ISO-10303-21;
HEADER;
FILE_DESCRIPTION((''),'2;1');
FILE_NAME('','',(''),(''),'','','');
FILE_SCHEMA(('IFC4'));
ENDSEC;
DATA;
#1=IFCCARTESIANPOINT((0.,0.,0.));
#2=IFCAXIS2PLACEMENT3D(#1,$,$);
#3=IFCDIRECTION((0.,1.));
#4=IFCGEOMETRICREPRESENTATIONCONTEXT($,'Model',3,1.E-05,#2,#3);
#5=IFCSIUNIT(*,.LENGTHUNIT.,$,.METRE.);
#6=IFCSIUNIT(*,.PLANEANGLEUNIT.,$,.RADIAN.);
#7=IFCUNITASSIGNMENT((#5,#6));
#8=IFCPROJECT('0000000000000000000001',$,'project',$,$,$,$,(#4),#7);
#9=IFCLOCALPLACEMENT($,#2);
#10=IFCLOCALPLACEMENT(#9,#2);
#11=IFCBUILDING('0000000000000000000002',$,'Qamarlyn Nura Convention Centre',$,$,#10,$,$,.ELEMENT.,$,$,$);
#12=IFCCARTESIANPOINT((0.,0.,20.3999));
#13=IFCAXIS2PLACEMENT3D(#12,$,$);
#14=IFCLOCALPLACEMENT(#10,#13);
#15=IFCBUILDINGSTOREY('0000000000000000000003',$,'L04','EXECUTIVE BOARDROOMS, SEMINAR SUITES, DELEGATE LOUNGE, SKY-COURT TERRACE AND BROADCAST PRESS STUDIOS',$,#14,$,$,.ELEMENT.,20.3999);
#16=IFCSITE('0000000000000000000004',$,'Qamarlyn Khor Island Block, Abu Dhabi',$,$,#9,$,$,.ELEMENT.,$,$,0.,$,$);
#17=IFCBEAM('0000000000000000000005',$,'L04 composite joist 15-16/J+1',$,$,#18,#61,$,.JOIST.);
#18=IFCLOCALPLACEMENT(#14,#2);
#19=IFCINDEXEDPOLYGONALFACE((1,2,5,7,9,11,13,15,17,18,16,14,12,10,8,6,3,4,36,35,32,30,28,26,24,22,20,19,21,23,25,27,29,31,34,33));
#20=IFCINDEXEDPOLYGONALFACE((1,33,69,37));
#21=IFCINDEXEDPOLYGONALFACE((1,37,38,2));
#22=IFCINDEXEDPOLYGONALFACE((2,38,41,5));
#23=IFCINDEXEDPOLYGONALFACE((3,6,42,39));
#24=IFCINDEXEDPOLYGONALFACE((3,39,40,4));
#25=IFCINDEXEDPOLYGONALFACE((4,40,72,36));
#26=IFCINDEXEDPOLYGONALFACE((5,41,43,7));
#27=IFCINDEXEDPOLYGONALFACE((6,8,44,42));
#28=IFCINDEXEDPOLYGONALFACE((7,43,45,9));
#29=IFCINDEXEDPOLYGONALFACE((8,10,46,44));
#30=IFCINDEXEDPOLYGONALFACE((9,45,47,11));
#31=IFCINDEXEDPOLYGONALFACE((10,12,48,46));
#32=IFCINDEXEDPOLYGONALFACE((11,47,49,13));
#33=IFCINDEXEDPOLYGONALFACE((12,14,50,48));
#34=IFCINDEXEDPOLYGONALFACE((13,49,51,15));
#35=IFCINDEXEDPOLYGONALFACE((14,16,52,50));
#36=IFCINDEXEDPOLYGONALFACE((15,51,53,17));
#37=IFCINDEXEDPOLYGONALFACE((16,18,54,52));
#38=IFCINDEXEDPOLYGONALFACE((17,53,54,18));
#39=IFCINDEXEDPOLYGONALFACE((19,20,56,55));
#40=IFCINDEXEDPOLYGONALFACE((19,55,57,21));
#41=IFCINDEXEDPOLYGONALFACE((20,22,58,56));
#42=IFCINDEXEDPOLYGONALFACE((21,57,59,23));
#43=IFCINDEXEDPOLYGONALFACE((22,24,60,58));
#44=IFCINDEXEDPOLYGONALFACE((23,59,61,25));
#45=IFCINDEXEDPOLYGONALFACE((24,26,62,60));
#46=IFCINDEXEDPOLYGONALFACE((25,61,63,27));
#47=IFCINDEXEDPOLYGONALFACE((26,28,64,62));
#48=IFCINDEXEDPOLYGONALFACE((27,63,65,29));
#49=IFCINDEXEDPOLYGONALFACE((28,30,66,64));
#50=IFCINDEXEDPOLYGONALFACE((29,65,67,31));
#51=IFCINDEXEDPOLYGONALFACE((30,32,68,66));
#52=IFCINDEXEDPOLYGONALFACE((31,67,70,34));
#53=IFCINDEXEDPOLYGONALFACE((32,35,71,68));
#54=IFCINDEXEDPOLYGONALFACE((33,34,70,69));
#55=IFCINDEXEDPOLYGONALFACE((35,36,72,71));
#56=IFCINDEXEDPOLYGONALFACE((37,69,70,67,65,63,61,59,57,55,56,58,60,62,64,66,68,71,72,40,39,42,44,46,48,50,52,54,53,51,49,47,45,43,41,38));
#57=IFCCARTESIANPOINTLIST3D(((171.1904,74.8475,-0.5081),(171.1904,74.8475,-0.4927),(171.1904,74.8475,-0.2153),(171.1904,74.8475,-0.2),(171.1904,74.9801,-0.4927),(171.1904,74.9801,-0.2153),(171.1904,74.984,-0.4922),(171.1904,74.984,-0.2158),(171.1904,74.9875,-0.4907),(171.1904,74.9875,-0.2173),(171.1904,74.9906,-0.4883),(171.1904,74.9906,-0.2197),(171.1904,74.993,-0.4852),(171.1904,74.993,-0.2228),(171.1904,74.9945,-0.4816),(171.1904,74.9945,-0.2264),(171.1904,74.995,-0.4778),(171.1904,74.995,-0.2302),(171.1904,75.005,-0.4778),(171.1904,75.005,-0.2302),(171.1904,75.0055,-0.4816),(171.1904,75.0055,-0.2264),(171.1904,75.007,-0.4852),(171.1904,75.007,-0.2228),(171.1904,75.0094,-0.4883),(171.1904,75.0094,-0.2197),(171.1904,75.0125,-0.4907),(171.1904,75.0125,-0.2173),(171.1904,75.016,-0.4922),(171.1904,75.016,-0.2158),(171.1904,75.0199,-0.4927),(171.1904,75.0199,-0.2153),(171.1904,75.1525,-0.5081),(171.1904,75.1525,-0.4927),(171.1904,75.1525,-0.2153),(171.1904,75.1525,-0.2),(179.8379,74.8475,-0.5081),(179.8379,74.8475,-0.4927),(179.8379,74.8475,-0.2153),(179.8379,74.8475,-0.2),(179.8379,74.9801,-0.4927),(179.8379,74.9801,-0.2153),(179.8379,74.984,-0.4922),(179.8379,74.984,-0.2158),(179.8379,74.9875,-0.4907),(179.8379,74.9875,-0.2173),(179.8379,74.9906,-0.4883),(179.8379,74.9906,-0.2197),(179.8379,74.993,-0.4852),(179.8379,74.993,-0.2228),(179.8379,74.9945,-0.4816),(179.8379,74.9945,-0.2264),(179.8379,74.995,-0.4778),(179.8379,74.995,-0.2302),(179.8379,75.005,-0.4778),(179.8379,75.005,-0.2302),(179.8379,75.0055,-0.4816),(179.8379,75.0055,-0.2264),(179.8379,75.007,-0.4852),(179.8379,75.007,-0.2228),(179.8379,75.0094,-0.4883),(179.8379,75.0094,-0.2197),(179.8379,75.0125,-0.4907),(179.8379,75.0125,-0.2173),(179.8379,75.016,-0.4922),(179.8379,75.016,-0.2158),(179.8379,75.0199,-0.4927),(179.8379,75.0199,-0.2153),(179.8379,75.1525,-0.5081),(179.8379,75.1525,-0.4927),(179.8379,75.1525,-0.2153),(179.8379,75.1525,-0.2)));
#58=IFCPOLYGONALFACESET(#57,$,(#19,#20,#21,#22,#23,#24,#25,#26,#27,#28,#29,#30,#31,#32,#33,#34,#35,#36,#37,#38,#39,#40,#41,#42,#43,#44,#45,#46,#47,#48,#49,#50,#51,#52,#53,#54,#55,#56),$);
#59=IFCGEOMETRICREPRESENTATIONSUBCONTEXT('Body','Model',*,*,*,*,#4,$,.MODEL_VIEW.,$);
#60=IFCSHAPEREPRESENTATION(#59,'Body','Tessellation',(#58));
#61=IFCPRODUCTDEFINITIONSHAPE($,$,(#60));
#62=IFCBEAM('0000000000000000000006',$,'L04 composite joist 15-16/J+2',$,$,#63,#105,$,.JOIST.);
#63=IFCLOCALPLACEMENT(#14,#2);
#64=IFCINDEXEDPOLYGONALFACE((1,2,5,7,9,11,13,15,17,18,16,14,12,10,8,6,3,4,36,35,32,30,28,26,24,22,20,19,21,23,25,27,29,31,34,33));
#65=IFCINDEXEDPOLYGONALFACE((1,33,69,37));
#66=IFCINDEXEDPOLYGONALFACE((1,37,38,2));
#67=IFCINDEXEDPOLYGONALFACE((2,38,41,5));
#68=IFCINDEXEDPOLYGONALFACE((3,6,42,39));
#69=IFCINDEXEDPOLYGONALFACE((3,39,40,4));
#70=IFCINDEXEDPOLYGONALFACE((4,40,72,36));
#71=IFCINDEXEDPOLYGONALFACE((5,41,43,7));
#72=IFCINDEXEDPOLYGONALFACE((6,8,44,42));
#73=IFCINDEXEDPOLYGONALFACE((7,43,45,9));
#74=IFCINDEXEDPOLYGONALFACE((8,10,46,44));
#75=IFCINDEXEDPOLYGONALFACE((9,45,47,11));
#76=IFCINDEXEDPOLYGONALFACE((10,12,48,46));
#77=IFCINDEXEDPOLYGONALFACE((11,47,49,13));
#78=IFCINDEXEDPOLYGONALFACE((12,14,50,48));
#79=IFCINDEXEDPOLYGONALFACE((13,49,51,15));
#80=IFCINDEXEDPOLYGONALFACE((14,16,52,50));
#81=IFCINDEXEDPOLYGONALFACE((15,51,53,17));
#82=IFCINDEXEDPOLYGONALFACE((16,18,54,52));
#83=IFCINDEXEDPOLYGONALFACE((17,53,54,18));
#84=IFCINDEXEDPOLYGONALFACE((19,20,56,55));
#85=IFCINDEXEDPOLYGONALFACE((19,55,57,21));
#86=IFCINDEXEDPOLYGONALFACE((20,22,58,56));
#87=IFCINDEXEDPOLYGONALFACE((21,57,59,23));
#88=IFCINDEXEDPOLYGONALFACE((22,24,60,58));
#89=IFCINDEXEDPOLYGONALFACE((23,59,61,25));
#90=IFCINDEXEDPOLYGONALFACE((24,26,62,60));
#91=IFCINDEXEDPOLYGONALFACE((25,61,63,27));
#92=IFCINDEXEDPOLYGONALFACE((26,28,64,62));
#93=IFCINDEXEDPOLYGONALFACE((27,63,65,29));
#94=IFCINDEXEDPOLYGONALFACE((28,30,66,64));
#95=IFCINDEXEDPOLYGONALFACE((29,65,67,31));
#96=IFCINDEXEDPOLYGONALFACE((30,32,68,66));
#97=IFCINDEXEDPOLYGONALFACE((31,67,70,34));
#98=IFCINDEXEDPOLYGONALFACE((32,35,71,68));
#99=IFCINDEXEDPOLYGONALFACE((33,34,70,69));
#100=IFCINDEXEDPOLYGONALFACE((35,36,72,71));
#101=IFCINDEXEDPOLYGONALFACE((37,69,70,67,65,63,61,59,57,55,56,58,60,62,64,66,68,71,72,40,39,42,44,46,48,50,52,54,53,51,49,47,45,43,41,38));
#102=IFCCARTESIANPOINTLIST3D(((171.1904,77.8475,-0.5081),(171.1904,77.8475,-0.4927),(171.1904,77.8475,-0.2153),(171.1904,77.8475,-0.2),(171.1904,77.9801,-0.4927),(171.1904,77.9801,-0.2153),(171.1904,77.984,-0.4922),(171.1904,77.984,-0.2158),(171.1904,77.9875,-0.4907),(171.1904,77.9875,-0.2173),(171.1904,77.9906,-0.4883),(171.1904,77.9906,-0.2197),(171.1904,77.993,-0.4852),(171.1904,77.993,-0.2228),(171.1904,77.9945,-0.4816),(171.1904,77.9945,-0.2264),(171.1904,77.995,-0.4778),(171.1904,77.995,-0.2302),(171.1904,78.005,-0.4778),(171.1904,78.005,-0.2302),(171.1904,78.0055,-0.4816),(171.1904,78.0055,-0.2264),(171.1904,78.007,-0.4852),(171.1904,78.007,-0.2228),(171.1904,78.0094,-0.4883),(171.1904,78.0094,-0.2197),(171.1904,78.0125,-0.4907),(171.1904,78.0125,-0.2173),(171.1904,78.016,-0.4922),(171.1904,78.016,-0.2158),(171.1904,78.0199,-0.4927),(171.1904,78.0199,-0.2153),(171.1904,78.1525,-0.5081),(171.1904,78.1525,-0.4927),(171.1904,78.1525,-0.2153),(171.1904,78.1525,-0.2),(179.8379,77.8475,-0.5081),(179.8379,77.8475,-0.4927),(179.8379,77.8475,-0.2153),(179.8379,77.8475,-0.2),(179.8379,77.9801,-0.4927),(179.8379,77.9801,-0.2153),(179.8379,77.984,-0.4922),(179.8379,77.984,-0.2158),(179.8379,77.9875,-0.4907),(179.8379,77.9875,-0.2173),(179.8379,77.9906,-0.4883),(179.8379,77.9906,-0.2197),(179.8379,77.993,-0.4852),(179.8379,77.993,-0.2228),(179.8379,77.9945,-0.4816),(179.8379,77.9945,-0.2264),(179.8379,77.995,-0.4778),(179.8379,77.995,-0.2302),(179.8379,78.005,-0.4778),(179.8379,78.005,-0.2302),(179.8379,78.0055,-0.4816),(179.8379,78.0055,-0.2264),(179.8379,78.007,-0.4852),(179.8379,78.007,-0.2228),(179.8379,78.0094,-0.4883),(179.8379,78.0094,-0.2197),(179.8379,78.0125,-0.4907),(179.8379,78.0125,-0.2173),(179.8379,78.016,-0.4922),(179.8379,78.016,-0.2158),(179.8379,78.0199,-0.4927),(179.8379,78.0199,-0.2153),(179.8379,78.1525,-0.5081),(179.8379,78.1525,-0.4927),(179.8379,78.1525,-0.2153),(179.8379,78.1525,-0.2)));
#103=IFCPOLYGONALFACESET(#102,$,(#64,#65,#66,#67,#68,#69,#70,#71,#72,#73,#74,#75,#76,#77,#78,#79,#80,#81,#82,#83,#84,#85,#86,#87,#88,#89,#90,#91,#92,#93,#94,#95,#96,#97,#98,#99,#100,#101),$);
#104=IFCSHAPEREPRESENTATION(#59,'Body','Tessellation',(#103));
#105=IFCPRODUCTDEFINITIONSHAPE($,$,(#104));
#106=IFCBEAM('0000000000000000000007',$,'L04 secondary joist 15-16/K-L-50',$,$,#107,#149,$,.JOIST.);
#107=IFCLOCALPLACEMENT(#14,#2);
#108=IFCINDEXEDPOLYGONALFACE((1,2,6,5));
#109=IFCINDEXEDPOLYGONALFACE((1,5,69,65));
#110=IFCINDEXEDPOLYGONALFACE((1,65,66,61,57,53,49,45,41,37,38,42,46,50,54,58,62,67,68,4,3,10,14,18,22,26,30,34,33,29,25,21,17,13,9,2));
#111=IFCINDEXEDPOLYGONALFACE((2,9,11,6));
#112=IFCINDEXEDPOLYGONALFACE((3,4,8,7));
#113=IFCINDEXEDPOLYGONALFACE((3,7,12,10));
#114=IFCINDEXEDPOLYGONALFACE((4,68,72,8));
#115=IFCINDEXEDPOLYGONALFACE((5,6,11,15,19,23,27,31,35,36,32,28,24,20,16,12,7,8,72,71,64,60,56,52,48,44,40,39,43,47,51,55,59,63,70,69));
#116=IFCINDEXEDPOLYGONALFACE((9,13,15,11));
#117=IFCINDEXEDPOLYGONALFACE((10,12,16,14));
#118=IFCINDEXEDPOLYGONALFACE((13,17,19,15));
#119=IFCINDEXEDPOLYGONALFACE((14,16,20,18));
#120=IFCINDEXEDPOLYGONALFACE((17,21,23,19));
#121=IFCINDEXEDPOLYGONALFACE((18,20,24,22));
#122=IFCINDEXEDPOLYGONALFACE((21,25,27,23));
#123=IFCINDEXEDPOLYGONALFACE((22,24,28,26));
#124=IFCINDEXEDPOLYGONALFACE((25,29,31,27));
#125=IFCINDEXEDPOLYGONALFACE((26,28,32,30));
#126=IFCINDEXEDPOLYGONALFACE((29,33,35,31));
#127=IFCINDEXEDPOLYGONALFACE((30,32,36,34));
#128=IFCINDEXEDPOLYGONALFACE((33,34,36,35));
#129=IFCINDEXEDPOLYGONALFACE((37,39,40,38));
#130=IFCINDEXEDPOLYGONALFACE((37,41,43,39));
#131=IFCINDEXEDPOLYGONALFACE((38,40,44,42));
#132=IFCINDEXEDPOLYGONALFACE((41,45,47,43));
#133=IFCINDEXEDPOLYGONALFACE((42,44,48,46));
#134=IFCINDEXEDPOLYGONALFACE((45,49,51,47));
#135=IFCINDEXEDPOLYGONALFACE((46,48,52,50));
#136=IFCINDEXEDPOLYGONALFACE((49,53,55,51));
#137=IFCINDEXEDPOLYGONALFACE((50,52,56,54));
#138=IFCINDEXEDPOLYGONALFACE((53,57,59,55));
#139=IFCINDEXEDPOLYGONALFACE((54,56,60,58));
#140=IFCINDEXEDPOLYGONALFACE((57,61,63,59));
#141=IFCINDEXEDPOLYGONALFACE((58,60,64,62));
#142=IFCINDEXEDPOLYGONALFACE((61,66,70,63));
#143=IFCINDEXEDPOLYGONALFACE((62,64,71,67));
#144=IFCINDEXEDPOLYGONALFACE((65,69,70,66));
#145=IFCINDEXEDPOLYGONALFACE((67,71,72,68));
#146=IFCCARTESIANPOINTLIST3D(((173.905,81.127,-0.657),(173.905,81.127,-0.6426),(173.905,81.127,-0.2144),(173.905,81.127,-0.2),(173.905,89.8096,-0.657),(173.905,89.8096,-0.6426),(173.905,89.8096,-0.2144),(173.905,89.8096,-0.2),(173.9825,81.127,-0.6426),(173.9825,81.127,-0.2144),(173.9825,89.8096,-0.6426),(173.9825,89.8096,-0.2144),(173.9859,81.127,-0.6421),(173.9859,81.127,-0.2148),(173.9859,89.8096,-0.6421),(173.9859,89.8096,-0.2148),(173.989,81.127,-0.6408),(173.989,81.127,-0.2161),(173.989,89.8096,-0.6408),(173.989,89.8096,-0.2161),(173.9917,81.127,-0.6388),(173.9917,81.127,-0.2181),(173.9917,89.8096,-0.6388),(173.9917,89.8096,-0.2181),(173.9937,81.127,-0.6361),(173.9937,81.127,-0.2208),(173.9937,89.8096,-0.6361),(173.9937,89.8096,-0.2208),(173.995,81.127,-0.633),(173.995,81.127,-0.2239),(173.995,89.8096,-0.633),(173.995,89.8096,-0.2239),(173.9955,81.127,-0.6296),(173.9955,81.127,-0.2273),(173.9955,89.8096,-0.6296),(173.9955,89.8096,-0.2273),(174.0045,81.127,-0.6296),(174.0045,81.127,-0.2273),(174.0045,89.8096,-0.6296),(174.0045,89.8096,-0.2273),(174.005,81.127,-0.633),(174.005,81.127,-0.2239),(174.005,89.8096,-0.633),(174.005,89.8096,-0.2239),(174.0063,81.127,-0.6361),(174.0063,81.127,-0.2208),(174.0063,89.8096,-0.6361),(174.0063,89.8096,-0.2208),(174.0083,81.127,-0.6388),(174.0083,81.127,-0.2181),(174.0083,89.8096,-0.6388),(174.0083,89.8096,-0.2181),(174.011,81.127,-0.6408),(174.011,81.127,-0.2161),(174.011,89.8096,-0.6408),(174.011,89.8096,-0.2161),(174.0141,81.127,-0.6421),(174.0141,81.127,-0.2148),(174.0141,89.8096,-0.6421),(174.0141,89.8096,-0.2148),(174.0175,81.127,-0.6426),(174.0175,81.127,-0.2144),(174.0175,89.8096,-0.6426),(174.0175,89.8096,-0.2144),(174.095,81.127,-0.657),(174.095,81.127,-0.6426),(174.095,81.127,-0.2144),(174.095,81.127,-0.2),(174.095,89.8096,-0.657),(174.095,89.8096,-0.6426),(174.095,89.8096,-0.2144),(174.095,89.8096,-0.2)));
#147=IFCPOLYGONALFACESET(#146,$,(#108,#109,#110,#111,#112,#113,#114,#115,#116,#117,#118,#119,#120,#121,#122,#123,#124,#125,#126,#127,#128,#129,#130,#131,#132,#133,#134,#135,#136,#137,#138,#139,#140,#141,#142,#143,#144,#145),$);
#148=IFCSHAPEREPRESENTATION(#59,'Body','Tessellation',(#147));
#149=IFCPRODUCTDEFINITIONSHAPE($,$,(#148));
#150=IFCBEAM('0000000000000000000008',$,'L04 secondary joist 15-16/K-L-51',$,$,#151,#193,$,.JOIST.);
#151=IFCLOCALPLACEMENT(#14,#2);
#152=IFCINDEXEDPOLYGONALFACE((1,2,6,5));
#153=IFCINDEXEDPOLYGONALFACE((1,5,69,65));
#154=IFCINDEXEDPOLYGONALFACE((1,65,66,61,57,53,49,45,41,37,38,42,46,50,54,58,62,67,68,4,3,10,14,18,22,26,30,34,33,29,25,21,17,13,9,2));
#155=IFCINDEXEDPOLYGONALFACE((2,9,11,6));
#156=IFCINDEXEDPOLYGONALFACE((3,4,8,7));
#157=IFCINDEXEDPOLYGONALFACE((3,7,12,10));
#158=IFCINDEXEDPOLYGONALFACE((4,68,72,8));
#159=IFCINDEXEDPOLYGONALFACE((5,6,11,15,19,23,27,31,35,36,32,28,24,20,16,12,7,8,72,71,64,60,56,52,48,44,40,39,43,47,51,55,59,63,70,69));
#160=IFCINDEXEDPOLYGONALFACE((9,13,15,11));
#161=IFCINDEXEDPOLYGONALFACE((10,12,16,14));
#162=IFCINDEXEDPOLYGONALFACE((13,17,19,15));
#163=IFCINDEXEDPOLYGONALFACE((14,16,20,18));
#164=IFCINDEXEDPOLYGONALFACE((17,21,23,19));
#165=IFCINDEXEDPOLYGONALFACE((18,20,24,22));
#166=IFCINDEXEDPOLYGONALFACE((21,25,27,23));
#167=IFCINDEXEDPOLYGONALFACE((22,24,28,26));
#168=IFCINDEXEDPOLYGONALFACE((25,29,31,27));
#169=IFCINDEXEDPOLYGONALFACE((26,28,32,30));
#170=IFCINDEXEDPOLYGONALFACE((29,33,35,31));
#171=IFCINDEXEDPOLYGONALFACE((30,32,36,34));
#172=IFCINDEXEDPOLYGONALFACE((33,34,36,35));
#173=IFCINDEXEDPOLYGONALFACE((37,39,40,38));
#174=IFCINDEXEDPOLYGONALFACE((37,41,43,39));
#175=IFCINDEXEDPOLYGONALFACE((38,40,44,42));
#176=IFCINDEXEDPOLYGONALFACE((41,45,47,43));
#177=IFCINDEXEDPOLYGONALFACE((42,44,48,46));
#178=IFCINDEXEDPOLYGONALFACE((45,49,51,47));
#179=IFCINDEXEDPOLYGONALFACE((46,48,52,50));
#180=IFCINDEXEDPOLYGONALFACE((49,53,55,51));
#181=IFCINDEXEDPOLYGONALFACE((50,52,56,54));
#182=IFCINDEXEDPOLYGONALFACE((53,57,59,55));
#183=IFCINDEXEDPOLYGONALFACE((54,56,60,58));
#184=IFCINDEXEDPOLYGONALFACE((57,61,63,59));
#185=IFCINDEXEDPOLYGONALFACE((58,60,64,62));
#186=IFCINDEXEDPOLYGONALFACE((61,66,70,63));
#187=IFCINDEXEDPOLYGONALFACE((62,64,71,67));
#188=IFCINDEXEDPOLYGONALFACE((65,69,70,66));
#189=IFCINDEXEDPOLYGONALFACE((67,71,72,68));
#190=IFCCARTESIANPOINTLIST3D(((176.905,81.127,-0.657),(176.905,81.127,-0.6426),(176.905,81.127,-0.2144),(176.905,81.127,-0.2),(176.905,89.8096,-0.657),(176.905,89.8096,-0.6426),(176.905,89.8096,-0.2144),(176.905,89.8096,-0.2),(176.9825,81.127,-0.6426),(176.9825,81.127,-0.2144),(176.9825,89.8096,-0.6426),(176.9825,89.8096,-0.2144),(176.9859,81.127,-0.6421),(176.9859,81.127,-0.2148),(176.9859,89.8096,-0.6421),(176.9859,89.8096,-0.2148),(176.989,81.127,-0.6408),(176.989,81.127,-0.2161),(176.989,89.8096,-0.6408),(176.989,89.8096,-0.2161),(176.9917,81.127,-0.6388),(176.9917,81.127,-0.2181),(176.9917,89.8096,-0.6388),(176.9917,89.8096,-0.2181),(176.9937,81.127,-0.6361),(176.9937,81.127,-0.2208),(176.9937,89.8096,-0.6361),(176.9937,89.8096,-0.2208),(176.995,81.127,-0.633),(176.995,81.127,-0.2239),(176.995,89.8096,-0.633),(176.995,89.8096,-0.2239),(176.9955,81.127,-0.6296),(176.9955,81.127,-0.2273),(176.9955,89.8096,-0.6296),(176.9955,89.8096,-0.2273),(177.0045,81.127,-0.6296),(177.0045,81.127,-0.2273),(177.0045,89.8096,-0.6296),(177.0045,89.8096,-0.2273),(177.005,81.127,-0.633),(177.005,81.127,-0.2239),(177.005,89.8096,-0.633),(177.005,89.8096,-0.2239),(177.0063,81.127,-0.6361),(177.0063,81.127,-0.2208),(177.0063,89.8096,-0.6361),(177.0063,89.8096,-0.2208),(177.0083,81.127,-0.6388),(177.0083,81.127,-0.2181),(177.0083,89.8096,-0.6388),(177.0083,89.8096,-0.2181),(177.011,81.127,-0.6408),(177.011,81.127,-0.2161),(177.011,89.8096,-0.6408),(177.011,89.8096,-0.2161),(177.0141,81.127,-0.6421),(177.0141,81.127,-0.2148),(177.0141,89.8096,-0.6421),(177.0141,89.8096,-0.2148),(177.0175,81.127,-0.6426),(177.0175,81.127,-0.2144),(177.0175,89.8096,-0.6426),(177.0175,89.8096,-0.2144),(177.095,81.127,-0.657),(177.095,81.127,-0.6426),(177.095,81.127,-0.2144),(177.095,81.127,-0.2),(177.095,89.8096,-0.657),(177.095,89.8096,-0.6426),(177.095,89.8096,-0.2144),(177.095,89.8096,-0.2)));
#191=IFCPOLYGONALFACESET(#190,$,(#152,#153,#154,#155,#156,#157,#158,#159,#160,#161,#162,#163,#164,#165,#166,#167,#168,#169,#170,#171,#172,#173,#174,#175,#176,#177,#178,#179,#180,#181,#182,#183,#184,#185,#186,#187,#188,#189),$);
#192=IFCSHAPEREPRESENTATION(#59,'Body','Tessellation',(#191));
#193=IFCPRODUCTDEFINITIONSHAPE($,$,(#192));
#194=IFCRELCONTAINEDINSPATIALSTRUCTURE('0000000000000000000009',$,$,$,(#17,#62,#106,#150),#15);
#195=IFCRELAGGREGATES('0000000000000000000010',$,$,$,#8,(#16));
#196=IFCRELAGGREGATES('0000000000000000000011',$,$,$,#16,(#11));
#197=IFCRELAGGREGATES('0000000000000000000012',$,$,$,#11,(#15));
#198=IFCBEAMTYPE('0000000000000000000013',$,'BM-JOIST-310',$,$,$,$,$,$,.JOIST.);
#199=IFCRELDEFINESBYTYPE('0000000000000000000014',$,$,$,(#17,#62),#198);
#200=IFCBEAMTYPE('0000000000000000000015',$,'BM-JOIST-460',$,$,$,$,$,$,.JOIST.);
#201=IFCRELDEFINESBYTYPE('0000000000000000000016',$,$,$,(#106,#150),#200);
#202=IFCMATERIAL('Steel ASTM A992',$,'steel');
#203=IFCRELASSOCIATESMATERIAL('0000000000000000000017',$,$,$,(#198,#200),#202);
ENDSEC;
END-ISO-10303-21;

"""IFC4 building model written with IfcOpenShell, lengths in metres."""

from ifc_helpers import new_model, si_unit, direction, frame, origin, origin_2d, place, context, subcontext, project, spatial, i_section, extrude, material, material_profile, profile_set, type_object, element, save


model = new_model("IFC4")

# Units and contexts
model_context = context("Model", 3, precision=1e-05, world=origin(), true_north=direction((0.0, 1.0)))
body_context = subcontext(model_context, "Body", "Model", "MODEL_VIEW")
ifc_project = project(units=[si_unit("LENGTHUNIT", "METRE"), si_unit("PLANEANGLEUNIT", "RADIAN")], contexts=[model_context])

# Site, building, storey
site_placement = place(None, origin())
site = spatial("IfcSite", under=ifc_project, at=site_placement, Name="Qamarlyn Khor Island Block, Abu Dhabi", CompositionType="ELEMENT", RefElevation=0.0)
building_placement = place(site_placement, origin())
building = spatial("IfcBuilding", under=site, at=building_placement, Name="Qamarlyn Nura Convention Centre", CompositionType="ELEMENT")
storey_placement = place(building_placement, frame((0.0, 0.0, 20.3999)))
storey = spatial("IfcBuildingStorey", under=building, at=storey_placement, Name="L04", Description="EXECUTIVE BOARDROOMS, SEMINAR SUITES, DELEGATE LOUNGE, SKY-COURT TERRACE AND BROADCAST PRESS STUDIOS", CompositionType="ELEMENT", Elevation=20.3999)

# Shared definitions
ifc_material_1 = material(Name="Steel ASTM A992", Category="steel")

# Beams
ifc_material_profile_1 = material_profile(ifc_material_1, i_section(OverallWidth=0.3049, OverallDepth=0.3081, WebThickness=0.01, FlangeThickness=0.0154, FilletRadius=0.0149, at=origin_2d()), Name="W310X97")
ifc_profile_set_1 = profile_set([ifc_material_profile_1], Name="Steel ASTM A992")
beam_type_1 = type_object("IfcBeamType", Name="BM-JOIST-310", PredefinedType="JOIST", material=ifc_profile_set_1)
for number, where, z_axis, x_axis, name in (
    (1, (171.1904, 75.0, -0.354), (1.0, 0.0, 0.0), (0.0, 1.0, 0.0), "L04 composite joist 15-16/J+1"),
    (2, (171.1904, 78.0, -0.354), (1.0, 0.0, 0.0), (0.0, 1.0, 0.0), "L04 composite joist 15-16/J+2"),
):
    element("IfcBeam", number, at=place(storey_placement, frame(where, z_axis=z_axis, x_axis=x_axis)), inside=storey, type_object=beam_type_1, Name=name, PredefinedType="JOIST", context=body_context, shape_type="SweptSolid", body=[
        extrude(i_section(OverallWidth=0.3049, OverallDepth=0.3081, WebThickness=0.01, FlangeThickness=0.0154, FilletRadius=0.0149, at=origin_2d()), origin(), (0.0, 0.0, 1.0), 8.6475),
    ])
ifc_material_profile_2 = material_profile(ifc_material_1, i_section(OverallWidth=0.1899, OverallDepth=0.457, WebThickness=0.009, FlangeThickness=0.0144, FilletRadius=0.0129, at=origin_2d()), Name="W460X74")
ifc_profile_set_2 = profile_set([ifc_material_profile_2], Name="Steel ASTM A992")
beam_type_2 = type_object("IfcBeamType", Name="BM-JOIST-460", PredefinedType="JOIST", material=ifc_profile_set_2)
for number, where, z_axis, x_axis, name in (
    (3, (174.0, 81.127, -0.4285), (0.0, 1.0, 0.0), (-1.0, 0.0, 0.0), "L04 secondary joist 15-16/K-L-50"),
    (4, (177.0, 81.127, -0.4285), (0.0, 1.0, 0.0), (-1.0, 0.0, 0.0), "L04 secondary joist 15-16/K-L-51"),
):
    element("IfcBeam", number, at=place(storey_placement, frame(where, z_axis=z_axis, x_axis=x_axis)), inside=storey, type_object=beam_type_2, Name=name, PredefinedType="JOIST", context=body_context, shape_type="SweptSolid", body=[
        extrude(i_section(OverallWidth=0.1899, OverallDepth=0.457, WebThickness=0.009, FlangeThickness=0.0144, FilletRadius=0.0129, at=origin_2d()), origin(), (0.0, 0.0, 1.0), 8.6826),
    ])

save(model, "model.ifc")
